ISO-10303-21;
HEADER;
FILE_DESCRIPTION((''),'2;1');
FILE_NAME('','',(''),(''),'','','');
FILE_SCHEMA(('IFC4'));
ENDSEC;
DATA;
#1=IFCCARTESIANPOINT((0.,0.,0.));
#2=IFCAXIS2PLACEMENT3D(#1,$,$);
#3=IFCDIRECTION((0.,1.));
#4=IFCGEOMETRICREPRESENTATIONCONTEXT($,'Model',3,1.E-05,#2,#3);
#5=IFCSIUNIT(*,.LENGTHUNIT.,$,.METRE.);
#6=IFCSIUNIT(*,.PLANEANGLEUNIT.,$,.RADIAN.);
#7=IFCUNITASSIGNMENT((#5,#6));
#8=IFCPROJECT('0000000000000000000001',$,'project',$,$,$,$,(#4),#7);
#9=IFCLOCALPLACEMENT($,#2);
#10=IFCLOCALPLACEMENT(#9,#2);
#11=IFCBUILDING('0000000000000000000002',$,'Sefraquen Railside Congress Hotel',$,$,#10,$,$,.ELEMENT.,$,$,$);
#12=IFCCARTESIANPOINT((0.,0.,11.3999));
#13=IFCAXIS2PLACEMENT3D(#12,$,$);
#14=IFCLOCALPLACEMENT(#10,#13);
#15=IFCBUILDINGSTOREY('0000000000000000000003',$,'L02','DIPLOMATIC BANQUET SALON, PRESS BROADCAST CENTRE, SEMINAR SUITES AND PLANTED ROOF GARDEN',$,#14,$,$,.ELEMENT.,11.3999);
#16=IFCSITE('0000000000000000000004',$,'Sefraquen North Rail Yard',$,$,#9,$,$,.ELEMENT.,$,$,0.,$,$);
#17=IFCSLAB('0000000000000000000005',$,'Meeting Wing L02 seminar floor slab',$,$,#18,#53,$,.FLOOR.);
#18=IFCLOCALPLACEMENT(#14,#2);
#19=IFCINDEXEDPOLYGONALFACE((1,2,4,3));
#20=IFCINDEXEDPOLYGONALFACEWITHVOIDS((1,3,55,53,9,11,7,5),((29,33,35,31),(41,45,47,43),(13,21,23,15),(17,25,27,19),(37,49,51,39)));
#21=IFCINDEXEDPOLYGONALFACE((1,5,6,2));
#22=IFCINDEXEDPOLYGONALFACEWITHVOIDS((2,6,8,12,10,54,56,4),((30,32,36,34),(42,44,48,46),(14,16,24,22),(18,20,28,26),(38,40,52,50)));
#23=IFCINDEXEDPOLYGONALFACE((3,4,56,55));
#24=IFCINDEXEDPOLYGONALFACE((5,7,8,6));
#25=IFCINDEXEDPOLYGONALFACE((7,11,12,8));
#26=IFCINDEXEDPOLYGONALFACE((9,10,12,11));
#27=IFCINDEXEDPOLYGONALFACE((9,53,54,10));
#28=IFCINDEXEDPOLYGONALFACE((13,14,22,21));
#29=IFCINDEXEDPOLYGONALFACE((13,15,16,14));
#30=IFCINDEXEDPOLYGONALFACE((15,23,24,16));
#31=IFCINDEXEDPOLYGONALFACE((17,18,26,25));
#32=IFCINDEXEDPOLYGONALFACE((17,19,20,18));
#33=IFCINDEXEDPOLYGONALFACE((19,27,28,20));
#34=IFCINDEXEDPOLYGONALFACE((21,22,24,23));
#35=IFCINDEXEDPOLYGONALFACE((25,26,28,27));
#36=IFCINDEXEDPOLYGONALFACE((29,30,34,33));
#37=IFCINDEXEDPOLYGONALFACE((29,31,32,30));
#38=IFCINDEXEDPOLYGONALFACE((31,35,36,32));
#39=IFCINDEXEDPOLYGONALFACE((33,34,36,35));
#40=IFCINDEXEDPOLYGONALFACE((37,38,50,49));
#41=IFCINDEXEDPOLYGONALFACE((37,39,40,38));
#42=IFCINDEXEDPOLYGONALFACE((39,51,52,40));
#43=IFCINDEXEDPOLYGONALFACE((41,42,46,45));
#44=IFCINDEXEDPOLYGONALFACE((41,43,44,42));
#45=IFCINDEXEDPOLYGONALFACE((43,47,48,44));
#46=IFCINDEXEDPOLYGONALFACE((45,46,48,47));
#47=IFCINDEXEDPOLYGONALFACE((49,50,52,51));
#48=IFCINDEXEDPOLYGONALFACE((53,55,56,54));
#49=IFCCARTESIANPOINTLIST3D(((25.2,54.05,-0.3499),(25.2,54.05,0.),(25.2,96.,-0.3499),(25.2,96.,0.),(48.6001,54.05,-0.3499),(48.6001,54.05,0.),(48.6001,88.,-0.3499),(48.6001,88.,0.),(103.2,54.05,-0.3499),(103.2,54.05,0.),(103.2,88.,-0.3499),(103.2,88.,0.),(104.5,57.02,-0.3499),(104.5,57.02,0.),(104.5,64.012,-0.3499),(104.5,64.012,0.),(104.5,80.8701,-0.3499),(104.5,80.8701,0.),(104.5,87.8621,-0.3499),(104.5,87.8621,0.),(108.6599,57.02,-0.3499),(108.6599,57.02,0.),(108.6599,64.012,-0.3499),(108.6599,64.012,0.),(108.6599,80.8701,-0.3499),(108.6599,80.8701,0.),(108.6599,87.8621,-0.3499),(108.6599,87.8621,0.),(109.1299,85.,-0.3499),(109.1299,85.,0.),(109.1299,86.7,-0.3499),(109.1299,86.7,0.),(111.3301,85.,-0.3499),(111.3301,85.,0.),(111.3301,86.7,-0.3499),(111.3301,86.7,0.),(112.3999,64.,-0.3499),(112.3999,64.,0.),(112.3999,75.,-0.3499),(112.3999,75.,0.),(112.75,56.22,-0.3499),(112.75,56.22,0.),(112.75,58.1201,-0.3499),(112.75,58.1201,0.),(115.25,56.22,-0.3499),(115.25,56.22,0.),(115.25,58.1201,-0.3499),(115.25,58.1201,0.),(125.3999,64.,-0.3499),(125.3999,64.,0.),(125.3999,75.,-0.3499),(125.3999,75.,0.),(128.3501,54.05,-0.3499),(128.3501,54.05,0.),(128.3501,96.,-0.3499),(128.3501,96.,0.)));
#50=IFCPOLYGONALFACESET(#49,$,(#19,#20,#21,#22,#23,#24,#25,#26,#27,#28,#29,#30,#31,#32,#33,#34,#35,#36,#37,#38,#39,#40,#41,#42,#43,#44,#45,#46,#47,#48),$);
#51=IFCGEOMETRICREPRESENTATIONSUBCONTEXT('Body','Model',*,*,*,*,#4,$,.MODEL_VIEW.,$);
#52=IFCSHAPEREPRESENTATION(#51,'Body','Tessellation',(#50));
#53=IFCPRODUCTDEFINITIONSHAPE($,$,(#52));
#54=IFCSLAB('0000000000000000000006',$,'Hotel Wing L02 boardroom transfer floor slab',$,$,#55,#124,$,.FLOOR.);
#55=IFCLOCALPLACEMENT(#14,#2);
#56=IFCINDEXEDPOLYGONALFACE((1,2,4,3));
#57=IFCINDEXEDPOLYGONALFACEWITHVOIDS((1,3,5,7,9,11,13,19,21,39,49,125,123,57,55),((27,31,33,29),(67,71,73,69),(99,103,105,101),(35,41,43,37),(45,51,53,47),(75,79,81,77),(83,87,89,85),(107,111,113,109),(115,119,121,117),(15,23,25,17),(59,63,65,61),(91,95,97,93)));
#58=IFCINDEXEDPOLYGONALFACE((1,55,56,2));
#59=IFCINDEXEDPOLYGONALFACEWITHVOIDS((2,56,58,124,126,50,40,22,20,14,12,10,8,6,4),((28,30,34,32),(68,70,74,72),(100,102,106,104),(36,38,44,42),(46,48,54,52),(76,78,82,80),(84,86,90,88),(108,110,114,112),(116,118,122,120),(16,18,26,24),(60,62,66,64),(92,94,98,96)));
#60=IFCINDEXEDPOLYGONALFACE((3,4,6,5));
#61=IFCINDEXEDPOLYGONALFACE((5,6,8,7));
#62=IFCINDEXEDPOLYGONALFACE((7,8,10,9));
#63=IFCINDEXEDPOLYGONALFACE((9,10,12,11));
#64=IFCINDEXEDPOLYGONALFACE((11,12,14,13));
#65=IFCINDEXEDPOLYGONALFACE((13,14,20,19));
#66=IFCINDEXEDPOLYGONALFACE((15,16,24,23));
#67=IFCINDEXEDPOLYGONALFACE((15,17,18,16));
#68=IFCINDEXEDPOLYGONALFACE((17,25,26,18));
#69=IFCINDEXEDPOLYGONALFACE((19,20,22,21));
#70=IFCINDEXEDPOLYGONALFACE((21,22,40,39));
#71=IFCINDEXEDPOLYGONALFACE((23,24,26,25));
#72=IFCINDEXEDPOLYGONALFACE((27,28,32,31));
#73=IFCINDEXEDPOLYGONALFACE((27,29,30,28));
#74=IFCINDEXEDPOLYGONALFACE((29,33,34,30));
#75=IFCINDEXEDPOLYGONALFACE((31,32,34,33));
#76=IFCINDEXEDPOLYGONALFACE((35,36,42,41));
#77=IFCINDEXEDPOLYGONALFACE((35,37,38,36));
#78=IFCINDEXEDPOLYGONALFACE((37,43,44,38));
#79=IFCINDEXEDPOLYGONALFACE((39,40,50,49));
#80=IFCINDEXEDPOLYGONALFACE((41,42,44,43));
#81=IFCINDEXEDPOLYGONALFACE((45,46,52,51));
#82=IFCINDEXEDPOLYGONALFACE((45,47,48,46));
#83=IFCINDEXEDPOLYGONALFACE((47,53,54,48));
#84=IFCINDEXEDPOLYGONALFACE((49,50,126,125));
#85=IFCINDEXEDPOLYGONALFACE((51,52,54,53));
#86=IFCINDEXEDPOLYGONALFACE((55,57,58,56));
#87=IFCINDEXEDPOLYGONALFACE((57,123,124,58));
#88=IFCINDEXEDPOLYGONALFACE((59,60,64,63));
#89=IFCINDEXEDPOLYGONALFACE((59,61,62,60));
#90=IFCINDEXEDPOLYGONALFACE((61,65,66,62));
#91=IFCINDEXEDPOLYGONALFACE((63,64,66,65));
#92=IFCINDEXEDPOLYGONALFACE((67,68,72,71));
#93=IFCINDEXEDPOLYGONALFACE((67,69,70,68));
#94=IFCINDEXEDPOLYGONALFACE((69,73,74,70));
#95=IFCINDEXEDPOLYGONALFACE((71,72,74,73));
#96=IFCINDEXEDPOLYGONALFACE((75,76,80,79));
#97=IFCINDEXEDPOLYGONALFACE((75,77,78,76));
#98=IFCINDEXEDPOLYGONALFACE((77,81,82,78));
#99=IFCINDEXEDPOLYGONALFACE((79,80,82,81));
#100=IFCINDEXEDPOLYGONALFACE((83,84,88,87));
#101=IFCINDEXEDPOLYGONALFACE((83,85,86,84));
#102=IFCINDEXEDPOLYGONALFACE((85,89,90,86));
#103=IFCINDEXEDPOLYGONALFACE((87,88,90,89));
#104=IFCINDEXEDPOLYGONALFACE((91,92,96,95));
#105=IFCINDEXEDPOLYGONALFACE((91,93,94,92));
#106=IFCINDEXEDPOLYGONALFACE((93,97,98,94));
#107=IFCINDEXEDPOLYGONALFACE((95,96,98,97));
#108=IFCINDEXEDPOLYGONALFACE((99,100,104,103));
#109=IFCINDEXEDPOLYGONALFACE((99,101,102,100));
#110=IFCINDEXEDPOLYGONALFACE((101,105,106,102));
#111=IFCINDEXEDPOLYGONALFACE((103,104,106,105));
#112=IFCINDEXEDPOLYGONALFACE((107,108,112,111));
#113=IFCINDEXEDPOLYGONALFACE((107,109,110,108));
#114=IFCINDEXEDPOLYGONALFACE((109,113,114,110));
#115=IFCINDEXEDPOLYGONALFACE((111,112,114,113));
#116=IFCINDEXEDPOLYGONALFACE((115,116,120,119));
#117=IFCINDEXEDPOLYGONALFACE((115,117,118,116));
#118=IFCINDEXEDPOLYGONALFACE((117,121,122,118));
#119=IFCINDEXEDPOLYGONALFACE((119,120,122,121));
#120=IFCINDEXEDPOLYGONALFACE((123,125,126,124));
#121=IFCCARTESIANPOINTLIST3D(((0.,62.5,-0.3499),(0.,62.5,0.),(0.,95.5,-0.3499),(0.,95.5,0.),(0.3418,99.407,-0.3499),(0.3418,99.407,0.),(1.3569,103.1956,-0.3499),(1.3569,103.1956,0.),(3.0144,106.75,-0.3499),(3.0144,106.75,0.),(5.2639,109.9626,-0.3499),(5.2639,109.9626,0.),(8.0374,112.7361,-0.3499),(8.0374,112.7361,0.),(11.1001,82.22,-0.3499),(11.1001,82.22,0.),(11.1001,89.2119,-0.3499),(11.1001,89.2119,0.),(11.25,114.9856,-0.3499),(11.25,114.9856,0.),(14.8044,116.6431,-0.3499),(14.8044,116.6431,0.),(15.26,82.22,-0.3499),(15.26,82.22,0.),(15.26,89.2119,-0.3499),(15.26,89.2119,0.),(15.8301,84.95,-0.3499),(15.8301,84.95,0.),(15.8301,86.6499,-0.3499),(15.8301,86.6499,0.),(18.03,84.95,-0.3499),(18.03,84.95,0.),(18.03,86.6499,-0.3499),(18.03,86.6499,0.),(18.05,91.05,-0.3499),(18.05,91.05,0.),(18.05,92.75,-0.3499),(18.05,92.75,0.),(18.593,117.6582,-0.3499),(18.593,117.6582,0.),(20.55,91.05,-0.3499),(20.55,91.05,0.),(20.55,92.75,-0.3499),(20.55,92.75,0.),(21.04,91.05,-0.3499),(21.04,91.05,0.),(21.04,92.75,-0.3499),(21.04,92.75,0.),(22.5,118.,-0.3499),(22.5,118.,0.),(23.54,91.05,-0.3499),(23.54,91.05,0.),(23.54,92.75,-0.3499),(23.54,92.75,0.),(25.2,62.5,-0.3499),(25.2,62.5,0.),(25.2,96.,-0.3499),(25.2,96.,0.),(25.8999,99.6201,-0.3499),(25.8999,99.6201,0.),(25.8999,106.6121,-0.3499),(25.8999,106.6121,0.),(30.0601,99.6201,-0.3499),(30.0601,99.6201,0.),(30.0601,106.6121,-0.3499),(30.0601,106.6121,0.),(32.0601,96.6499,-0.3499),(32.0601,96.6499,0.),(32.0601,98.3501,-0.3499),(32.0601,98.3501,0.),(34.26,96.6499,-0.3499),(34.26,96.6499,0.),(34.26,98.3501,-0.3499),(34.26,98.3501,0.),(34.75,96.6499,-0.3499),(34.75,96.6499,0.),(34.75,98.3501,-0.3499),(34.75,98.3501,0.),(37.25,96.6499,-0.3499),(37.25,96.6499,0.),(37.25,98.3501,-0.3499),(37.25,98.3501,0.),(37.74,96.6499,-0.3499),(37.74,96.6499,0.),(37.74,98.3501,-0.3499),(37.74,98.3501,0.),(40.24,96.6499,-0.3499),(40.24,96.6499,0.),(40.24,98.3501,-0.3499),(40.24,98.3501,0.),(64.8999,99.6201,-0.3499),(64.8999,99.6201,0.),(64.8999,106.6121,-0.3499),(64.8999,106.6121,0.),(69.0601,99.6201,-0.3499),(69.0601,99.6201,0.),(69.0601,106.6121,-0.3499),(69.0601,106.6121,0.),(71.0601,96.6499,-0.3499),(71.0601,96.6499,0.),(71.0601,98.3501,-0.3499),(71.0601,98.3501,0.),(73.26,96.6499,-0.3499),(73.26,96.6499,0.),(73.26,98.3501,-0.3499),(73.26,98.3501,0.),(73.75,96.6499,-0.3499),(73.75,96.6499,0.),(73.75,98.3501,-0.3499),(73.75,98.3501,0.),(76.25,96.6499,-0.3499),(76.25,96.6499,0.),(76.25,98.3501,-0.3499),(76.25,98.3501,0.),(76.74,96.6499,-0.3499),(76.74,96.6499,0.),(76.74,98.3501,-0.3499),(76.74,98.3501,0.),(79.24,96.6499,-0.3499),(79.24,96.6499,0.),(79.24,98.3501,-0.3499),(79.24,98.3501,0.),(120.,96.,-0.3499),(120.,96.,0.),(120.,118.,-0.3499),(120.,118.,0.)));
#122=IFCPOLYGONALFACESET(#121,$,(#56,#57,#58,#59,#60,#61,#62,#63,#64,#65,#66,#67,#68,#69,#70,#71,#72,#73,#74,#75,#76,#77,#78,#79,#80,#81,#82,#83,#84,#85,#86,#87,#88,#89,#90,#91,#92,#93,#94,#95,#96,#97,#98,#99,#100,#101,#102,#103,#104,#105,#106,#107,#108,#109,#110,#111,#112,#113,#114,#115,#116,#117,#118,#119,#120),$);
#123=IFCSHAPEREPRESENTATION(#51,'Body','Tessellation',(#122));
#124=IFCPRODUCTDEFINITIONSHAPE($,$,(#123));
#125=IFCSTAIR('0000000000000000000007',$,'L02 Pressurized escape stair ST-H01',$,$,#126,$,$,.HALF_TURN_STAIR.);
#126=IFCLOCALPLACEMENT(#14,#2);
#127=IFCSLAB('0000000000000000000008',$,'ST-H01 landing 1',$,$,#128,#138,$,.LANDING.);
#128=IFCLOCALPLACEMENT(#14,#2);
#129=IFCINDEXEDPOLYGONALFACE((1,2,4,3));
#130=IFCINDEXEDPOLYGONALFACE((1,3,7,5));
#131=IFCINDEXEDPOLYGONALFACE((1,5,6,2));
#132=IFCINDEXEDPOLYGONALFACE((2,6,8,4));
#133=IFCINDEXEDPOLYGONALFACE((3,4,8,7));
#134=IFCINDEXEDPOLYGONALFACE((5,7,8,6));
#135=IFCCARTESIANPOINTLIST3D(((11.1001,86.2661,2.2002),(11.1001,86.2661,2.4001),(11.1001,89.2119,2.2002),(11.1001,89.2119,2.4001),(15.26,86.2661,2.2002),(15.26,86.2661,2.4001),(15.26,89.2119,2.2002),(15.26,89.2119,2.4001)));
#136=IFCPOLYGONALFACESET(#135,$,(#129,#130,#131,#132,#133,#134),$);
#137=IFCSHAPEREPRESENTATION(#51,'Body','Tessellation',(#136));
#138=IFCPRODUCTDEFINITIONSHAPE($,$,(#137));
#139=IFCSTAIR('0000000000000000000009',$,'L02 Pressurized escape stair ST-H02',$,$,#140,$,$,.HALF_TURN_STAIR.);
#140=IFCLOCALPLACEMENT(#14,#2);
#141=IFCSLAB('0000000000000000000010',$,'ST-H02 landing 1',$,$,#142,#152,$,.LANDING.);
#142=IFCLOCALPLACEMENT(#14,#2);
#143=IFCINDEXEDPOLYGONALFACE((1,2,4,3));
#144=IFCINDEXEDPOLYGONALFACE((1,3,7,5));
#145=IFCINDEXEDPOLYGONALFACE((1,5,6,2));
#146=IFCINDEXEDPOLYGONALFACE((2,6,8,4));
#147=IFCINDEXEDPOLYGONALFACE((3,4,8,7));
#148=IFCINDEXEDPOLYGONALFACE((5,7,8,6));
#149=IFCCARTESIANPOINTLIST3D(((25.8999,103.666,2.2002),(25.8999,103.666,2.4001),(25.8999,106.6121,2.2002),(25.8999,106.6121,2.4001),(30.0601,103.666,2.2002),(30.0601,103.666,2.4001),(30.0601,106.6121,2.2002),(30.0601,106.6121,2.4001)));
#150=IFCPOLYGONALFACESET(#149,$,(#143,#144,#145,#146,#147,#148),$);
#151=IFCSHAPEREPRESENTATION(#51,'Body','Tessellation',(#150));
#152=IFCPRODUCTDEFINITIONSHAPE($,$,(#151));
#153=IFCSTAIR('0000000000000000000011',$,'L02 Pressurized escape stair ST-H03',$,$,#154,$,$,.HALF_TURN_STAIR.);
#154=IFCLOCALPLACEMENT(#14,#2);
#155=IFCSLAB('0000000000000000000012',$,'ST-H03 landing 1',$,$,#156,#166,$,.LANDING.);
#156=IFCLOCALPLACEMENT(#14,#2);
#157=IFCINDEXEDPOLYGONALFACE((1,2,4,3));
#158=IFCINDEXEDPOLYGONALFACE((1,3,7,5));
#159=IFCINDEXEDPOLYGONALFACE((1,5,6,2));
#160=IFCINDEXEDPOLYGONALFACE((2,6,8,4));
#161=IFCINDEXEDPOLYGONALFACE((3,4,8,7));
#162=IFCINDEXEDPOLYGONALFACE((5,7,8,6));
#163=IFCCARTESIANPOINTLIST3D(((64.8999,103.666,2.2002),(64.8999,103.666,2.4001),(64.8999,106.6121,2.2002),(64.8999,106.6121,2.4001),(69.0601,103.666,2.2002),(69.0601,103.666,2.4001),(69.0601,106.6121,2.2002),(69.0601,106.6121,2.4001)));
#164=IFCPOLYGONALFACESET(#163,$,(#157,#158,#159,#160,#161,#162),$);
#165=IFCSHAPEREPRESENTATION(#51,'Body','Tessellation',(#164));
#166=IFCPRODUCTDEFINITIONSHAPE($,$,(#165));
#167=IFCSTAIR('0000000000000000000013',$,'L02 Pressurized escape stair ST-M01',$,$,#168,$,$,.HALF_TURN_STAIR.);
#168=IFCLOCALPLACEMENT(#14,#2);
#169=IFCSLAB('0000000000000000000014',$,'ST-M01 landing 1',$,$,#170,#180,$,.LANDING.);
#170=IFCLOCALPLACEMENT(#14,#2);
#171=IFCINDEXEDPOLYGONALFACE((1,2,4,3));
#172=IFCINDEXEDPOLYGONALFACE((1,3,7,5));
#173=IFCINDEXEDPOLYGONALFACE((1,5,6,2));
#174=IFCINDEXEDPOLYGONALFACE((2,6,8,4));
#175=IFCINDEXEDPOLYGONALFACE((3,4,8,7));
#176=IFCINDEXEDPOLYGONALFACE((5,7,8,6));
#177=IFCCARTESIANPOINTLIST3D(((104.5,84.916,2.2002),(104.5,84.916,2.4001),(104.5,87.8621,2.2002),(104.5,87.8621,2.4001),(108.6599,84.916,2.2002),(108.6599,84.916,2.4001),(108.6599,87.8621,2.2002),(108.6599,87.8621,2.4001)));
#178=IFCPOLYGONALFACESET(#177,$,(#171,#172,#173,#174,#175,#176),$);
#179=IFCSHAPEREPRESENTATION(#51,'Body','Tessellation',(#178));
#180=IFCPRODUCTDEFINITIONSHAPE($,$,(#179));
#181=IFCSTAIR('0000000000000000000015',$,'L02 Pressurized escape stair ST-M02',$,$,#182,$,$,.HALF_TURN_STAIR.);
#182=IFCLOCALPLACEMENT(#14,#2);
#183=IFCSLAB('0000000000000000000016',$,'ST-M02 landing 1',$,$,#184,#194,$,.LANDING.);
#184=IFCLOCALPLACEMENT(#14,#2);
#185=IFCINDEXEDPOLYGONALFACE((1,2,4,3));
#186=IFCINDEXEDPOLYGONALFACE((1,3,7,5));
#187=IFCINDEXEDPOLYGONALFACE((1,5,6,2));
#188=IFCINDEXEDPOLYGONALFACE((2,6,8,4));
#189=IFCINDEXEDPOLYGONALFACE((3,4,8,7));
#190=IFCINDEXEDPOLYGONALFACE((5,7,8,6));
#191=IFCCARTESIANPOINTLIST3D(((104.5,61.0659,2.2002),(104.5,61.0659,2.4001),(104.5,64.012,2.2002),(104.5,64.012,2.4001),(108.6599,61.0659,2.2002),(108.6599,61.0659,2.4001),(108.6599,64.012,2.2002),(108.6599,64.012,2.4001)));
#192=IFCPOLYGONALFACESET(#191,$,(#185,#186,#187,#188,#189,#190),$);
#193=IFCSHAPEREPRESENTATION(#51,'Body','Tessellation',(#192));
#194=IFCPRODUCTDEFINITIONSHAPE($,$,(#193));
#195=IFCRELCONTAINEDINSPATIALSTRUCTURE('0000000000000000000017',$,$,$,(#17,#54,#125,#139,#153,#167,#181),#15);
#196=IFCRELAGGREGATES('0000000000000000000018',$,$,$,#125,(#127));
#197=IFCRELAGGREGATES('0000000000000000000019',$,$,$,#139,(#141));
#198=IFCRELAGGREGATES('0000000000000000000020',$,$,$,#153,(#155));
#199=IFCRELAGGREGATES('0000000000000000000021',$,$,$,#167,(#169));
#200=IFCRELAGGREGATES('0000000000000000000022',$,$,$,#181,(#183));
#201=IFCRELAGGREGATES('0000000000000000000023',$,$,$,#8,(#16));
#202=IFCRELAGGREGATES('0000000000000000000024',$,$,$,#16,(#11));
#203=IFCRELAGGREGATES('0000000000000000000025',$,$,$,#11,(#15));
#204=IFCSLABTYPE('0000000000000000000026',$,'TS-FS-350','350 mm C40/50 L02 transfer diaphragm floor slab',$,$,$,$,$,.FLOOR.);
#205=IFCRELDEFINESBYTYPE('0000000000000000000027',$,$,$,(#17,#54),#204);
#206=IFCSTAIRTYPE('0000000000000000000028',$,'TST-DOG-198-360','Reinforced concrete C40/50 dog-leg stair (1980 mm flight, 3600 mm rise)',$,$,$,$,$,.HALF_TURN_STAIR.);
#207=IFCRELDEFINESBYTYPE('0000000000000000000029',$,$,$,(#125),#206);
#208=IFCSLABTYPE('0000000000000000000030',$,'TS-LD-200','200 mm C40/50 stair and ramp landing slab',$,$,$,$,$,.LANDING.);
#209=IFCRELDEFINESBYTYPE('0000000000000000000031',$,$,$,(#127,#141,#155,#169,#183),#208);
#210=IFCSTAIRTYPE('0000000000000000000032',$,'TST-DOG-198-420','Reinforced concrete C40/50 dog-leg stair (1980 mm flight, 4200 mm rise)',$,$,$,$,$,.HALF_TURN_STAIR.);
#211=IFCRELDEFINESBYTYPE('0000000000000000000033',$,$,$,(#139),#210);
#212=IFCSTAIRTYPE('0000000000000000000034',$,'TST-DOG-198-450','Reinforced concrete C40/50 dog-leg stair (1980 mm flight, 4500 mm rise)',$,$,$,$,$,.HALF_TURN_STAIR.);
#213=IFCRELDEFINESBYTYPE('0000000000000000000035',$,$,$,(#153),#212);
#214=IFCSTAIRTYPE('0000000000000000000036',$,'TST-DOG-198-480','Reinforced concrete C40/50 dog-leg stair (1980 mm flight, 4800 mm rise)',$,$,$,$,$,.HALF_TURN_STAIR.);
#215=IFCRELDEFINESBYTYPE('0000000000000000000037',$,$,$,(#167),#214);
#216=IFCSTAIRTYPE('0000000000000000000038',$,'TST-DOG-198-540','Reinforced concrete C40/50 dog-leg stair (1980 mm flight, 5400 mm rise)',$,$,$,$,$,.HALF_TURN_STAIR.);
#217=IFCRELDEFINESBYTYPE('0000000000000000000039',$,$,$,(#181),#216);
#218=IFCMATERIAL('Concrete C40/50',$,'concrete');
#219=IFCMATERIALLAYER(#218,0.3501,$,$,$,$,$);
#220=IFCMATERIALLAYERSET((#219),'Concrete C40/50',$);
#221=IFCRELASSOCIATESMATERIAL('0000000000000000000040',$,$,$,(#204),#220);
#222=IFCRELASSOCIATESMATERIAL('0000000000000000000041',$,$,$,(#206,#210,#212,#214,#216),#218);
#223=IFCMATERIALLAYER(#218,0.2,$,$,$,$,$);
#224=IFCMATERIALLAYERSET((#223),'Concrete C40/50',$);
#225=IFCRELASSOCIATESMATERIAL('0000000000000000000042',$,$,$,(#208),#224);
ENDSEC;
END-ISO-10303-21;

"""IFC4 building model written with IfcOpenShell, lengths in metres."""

from ifc_helpers import new_model, si_unit, direction, frame, origin, place, context, subcontext, project, spatial, polyline, outline, extrude, material, layer, layer_set, type_object, element, aggregate, save


model = new_model("IFC4")

# Units and contexts
model_context = context("Model", 3, precision=1e-05, world=origin(), true_north=direction((0.0, 1.0)))
body_context = subcontext(model_context, "Body", "Model", "MODEL_VIEW")
ifc_project = project(units=[si_unit("LENGTHUNIT", "METRE"), si_unit("PLANEANGLEUNIT", "RADIAN")], contexts=[model_context])

# Site, building, storey
site_placement = place(None, origin())
site = spatial("IfcSite", under=ifc_project, at=site_placement, Name="Sefraquen North Rail Yard", CompositionType="ELEMENT", RefElevation=0.0)
building_placement = place(site_placement, origin())
building = spatial("IfcBuilding", under=site, at=building_placement, Name="Sefraquen Railside Congress Hotel", CompositionType="ELEMENT")
storey_placement = place(building_placement, frame((0.0, 0.0, 11.3999)))
storey = spatial("IfcBuildingStorey", under=building, at=storey_placement, Name="L02", Description="DIPLOMATIC BANQUET SALON, PRESS BROADCAST CENTRE, SEMINAR SUITES AND PLANTED ROOF GARDEN", CompositionType="ELEMENT", Elevation=11.3999)

# Slabs
ifc_material_1 = material(Name="Concrete C40/50", Category="concrete")
ifc_layer_1 = layer(ifc_material_1, 0.3501)
ifc_layer_set_1 = layer_set([ifc_layer_1], Name="Concrete C40/50")
slab_type_1 = type_object("IfcSlabType", Name="TS-FS-350", Description="350 mm C40/50 L02 transfer diaphragm floor slab", PredefinedType="FLOOR", material=ifc_layer_set_1)
slab_1_placement = place(storey_placement, frame((0.0, 0.0, -0.3499)))
element("IfcSlab", 1, at=slab_1_placement, inside=storey, type_object=slab_type_1, Name="Meeting Wing L02 seminar floor slab", PredefinedType="FLOOR", context=body_context, shape_type="SweptSolid", body=[
    extrude(outline(polyline([(25.2, 54.05), (48.6001, 54.05), (48.6001, 88.0), (103.2, 88.0), (103.2, 54.05), (128.3501, 54.05), (128.3501, 96.0), (25.2, 96.0), (25.2, 54.05)]), holes=[polyline([(104.5, 80.8701), (108.6599, 80.8701), (108.6599, 87.8621), (104.5, 87.8621), (104.5, 80.8701)]), polyline([(104.5, 57.02), (108.6599, 57.02), (108.6599, 64.012), (104.5, 64.012), (104.5, 57.02)]), polyline([(109.1299, 85.0), (111.3301, 85.0), (111.3301, 86.7), (109.1299, 86.7), (109.1299, 85.0)]), polyline([(112.75, 56.22), (115.25, 56.22), (115.25, 58.1201), (112.75, 58.1201), (112.75, 56.22)]), polyline([(112.3999, 64.0), (125.3999, 64.0), (125.3999, 75.0), (112.3999, 75.0), (112.3999, 64.0)])]), origin(), (0.0, 0.0, 1.0), 0.3499),
])
slab_2_placement = place(storey_placement, frame((0.0, 0.0, -0.3499)))
element("IfcSlab", 2, at=slab_2_placement, inside=storey, type_object=slab_type_1, Name="Hotel Wing L02 boardroom transfer floor slab", PredefinedType="FLOOR", context=body_context, shape_type="SweptSolid", body=[
    extrude(outline(polyline([(0.0, 62.5), (25.2, 62.5), (25.2, 96.0), (120.0, 96.0), (120.0, 118.0), (22.5, 118.0), (18.593, 117.6582), (14.8044, 116.6431), (11.25, 114.9856), (8.0374, 112.7361), (5.2639, 109.9626), (3.0144, 106.75), (1.3569, 103.1956), (0.3418, 99.407), (0.0, 95.5), (0.0, 62.5)]), holes=[polyline([(11.1001, 82.22), (15.26, 82.22), (15.26, 89.2119), (11.1001, 89.2119), (11.1001, 82.22)]), polyline([(25.8999, 99.6201), (30.0601, 99.6201), (30.0601, 106.6121), (25.8999, 106.6121), (25.8999, 99.6201)]), polyline([(64.8999, 99.6201), (69.0601, 99.6201), (69.0601, 106.6121), (64.8999, 106.6121), (64.8999, 99.6201)]), polyline([(15.8301, 84.95), (18.03, 84.95), (18.03, 86.6499), (15.8301, 86.6499), (15.8301, 84.95)]), polyline([(32.0601, 96.6499), (34.26, 96.6499), (34.26, 98.3501), (32.0601, 98.3501), (32.0601, 96.6499)]), polyline([(71.0601, 96.6499), (73.26, 96.6499), (73.26, 98.3501), (71.0601, 98.3501), (71.0601, 96.6499)]), polyline([(18.05, 91.05), (20.55, 91.05), (20.55, 92.75), (18.05, 92.75), (18.05, 91.05)]), polyline([(21.04, 91.05), (23.54, 91.05), (23.54, 92.75), (21.04, 92.75), (21.04, 91.05)]), polyline([(34.75, 96.6499), (37.25, 96.6499), (37.25, 98.3501), (34.75, 98.3501), (34.75, 96.6499)]), polyline([(37.74, 96.6499), (40.24, 96.6499), (40.24, 98.3501), (37.74, 98.3501), (37.74, 96.6499)]), polyline([(73.75, 96.6499), (76.25, 96.6499), (76.25, 98.3501), (73.75, 98.3501), (73.75, 96.6499)]), polyline([(76.74, 96.6499), (79.24, 96.6499), (79.24, 98.3501), (76.74, 98.3501), (76.74, 96.6499)])]), origin(), (0.0, 0.0, 1.0), 0.3499),
])

# Stairs, slabs
stair_type_1 = type_object("IfcStairType", Name="TST-DOG-198-360", Description="Reinforced concrete C40/50 dog-leg stair (1980 mm flight, 3600 mm rise)", PredefinedType="HALF_TURN_STAIR", material=ifc_material_1)
stair_1_placement = place(storey_placement, origin())
stair_1 = element("IfcStair", 3, at=stair_1_placement, inside=storey, type_object=stair_type_1, Name="L02 Pressurized escape stair ST-H01", PredefinedType="HALF_TURN_STAIR")
ifc_layer_2 = layer(ifc_material_1, 0.2)
ifc_layer_set_2 = layer_set([ifc_layer_2], Name="Concrete C40/50")
slab_type_2 = type_object("IfcSlabType", Name="TS-LD-200", Description="200 mm C40/50 stair and ramp landing slab", PredefinedType="LANDING", material=ifc_layer_set_2)
slab_3_placement = place(storey_placement, frame((0.0, 0.0, 2.2002)))
slab_3 = element("IfcSlab", 4, at=slab_3_placement, type_object=slab_type_2, Name="ST-H01 landing 1", PredefinedType="LANDING", context=body_context, shape_type="SweptSolid", body=[
    extrude(outline(polyline([(15.26, 86.2661), (15.26, 89.2119), (11.1001, 89.2119), (11.1001, 86.2661), (15.26, 86.2661)])), origin(), (0.0, 0.0, 1.0), 0.2),
])
aggregate(stair_1, [slab_3])
stair_type_2 = type_object("IfcStairType", Name="TST-DOG-198-420", Description="Reinforced concrete C40/50 dog-leg stair (1980 mm flight, 4200 mm rise)", PredefinedType="HALF_TURN_STAIR", material=ifc_material_1)
stair_2_placement = place(storey_placement, origin())
stair_2 = element("IfcStair", 5, at=stair_2_placement, inside=storey, type_object=stair_type_2, Name="L02 Pressurized escape stair ST-H02", PredefinedType="HALF_TURN_STAIR")
slab_4_placement = place(storey_placement, frame((0.0, 0.0, 2.2002)))
slab_4 = element("IfcSlab", 6, at=slab_4_placement, type_object=slab_type_2, Name="ST-H02 landing 1", PredefinedType="LANDING", context=body_context, shape_type="SweptSolid", body=[
    extrude(outline(polyline([(30.0601, 103.666), (30.0601, 106.6121), (25.8999, 106.6121), (25.8999, 103.666), (30.0601, 103.666)])), origin(), (0.0, 0.0, 1.0), 0.2),
])
aggregate(stair_2, [slab_4])
stair_type_3 = type_object("IfcStairType", Name="TST-DOG-198-450", Description="Reinforced concrete C40/50 dog-leg stair (1980 mm flight, 4500 mm rise)", PredefinedType="HALF_TURN_STAIR", material=ifc_material_1)
stair_3_placement = place(storey_placement, origin())
stair_3 = element("IfcStair", 7, at=stair_3_placement, inside=storey, type_object=stair_type_3, Name="L02 Pressurized escape stair ST-H03", PredefinedType="HALF_TURN_STAIR")
slab_5_placement = place(storey_placement, frame((0.0, 0.0, 2.2002)))
slab_5 = element("IfcSlab", 8, at=slab_5_placement, type_object=slab_type_2, Name="ST-H03 landing 1", PredefinedType="LANDING", context=body_context, shape_type="SweptSolid", body=[
    extrude(outline(polyline([(69.0601, 103.666), (69.0601, 106.6121), (64.8999, 106.6121), (64.8999, 103.666), (69.0601, 103.666)])), origin(), (0.0, 0.0, 1.0), 0.2),
])
aggregate(stair_3, [slab_5])
stair_type_4 = type_object("IfcStairType", Name="TST-DOG-198-480", Description="Reinforced concrete C40/50 dog-leg stair (1980 mm flight, 4800 mm rise)", PredefinedType="HALF_TURN_STAIR", material=ifc_material_1)
stair_4_placement = place(storey_placement, origin())
stair_4 = element("IfcStair", 9, at=stair_4_placement, inside=storey, type_object=stair_type_4, Name="L02 Pressurized escape stair ST-M01", PredefinedType="HALF_TURN_STAIR")
slab_6_placement = place(storey_placement, frame((0.0, 0.0, 2.2002)))
slab_6 = element("IfcSlab", 10, at=slab_6_placement, type_object=slab_type_2, Name="ST-M01 landing 1", PredefinedType="LANDING", context=body_context, shape_type="SweptSolid", body=[
    extrude(outline(polyline([(108.6599, 84.916), (108.6599, 87.8621), (104.5, 87.8621), (104.5, 84.916), (108.6599, 84.916)])), origin(), (0.0, 0.0, 1.0), 0.2),
])
aggregate(stair_4, [slab_6])
stair_type_5 = type_object("IfcStairType", Name="TST-DOG-198-540", Description="Reinforced concrete C40/50 dog-leg stair (1980 mm flight, 5400 mm rise)", PredefinedType="HALF_TURN_STAIR", material=ifc_material_1)
stair_5_placement = place(storey_placement, origin())
stair_5 = element("IfcStair", 11, at=stair_5_placement, inside=storey, type_object=stair_type_5, Name="L02 Pressurized escape stair ST-M02", PredefinedType="HALF_TURN_STAIR")
slab_7_placement = place(storey_placement, frame((0.0, 0.0, 2.2002)))
slab_7 = element("IfcSlab", 12, at=slab_7_placement, type_object=slab_type_2, Name="ST-M02 landing 1", PredefinedType="LANDING", context=body_context, shape_type="SweptSolid", body=[
    extrude(outline(polyline([(108.6599, 61.0659), (108.6599, 64.012), (104.5, 64.012), (104.5, 61.0659), (108.6599, 61.0659)])), origin(), (0.0, 0.0, 1.0), 0.2),
])
aggregate(stair_5, [slab_7])

save(model, "model.ifc")
